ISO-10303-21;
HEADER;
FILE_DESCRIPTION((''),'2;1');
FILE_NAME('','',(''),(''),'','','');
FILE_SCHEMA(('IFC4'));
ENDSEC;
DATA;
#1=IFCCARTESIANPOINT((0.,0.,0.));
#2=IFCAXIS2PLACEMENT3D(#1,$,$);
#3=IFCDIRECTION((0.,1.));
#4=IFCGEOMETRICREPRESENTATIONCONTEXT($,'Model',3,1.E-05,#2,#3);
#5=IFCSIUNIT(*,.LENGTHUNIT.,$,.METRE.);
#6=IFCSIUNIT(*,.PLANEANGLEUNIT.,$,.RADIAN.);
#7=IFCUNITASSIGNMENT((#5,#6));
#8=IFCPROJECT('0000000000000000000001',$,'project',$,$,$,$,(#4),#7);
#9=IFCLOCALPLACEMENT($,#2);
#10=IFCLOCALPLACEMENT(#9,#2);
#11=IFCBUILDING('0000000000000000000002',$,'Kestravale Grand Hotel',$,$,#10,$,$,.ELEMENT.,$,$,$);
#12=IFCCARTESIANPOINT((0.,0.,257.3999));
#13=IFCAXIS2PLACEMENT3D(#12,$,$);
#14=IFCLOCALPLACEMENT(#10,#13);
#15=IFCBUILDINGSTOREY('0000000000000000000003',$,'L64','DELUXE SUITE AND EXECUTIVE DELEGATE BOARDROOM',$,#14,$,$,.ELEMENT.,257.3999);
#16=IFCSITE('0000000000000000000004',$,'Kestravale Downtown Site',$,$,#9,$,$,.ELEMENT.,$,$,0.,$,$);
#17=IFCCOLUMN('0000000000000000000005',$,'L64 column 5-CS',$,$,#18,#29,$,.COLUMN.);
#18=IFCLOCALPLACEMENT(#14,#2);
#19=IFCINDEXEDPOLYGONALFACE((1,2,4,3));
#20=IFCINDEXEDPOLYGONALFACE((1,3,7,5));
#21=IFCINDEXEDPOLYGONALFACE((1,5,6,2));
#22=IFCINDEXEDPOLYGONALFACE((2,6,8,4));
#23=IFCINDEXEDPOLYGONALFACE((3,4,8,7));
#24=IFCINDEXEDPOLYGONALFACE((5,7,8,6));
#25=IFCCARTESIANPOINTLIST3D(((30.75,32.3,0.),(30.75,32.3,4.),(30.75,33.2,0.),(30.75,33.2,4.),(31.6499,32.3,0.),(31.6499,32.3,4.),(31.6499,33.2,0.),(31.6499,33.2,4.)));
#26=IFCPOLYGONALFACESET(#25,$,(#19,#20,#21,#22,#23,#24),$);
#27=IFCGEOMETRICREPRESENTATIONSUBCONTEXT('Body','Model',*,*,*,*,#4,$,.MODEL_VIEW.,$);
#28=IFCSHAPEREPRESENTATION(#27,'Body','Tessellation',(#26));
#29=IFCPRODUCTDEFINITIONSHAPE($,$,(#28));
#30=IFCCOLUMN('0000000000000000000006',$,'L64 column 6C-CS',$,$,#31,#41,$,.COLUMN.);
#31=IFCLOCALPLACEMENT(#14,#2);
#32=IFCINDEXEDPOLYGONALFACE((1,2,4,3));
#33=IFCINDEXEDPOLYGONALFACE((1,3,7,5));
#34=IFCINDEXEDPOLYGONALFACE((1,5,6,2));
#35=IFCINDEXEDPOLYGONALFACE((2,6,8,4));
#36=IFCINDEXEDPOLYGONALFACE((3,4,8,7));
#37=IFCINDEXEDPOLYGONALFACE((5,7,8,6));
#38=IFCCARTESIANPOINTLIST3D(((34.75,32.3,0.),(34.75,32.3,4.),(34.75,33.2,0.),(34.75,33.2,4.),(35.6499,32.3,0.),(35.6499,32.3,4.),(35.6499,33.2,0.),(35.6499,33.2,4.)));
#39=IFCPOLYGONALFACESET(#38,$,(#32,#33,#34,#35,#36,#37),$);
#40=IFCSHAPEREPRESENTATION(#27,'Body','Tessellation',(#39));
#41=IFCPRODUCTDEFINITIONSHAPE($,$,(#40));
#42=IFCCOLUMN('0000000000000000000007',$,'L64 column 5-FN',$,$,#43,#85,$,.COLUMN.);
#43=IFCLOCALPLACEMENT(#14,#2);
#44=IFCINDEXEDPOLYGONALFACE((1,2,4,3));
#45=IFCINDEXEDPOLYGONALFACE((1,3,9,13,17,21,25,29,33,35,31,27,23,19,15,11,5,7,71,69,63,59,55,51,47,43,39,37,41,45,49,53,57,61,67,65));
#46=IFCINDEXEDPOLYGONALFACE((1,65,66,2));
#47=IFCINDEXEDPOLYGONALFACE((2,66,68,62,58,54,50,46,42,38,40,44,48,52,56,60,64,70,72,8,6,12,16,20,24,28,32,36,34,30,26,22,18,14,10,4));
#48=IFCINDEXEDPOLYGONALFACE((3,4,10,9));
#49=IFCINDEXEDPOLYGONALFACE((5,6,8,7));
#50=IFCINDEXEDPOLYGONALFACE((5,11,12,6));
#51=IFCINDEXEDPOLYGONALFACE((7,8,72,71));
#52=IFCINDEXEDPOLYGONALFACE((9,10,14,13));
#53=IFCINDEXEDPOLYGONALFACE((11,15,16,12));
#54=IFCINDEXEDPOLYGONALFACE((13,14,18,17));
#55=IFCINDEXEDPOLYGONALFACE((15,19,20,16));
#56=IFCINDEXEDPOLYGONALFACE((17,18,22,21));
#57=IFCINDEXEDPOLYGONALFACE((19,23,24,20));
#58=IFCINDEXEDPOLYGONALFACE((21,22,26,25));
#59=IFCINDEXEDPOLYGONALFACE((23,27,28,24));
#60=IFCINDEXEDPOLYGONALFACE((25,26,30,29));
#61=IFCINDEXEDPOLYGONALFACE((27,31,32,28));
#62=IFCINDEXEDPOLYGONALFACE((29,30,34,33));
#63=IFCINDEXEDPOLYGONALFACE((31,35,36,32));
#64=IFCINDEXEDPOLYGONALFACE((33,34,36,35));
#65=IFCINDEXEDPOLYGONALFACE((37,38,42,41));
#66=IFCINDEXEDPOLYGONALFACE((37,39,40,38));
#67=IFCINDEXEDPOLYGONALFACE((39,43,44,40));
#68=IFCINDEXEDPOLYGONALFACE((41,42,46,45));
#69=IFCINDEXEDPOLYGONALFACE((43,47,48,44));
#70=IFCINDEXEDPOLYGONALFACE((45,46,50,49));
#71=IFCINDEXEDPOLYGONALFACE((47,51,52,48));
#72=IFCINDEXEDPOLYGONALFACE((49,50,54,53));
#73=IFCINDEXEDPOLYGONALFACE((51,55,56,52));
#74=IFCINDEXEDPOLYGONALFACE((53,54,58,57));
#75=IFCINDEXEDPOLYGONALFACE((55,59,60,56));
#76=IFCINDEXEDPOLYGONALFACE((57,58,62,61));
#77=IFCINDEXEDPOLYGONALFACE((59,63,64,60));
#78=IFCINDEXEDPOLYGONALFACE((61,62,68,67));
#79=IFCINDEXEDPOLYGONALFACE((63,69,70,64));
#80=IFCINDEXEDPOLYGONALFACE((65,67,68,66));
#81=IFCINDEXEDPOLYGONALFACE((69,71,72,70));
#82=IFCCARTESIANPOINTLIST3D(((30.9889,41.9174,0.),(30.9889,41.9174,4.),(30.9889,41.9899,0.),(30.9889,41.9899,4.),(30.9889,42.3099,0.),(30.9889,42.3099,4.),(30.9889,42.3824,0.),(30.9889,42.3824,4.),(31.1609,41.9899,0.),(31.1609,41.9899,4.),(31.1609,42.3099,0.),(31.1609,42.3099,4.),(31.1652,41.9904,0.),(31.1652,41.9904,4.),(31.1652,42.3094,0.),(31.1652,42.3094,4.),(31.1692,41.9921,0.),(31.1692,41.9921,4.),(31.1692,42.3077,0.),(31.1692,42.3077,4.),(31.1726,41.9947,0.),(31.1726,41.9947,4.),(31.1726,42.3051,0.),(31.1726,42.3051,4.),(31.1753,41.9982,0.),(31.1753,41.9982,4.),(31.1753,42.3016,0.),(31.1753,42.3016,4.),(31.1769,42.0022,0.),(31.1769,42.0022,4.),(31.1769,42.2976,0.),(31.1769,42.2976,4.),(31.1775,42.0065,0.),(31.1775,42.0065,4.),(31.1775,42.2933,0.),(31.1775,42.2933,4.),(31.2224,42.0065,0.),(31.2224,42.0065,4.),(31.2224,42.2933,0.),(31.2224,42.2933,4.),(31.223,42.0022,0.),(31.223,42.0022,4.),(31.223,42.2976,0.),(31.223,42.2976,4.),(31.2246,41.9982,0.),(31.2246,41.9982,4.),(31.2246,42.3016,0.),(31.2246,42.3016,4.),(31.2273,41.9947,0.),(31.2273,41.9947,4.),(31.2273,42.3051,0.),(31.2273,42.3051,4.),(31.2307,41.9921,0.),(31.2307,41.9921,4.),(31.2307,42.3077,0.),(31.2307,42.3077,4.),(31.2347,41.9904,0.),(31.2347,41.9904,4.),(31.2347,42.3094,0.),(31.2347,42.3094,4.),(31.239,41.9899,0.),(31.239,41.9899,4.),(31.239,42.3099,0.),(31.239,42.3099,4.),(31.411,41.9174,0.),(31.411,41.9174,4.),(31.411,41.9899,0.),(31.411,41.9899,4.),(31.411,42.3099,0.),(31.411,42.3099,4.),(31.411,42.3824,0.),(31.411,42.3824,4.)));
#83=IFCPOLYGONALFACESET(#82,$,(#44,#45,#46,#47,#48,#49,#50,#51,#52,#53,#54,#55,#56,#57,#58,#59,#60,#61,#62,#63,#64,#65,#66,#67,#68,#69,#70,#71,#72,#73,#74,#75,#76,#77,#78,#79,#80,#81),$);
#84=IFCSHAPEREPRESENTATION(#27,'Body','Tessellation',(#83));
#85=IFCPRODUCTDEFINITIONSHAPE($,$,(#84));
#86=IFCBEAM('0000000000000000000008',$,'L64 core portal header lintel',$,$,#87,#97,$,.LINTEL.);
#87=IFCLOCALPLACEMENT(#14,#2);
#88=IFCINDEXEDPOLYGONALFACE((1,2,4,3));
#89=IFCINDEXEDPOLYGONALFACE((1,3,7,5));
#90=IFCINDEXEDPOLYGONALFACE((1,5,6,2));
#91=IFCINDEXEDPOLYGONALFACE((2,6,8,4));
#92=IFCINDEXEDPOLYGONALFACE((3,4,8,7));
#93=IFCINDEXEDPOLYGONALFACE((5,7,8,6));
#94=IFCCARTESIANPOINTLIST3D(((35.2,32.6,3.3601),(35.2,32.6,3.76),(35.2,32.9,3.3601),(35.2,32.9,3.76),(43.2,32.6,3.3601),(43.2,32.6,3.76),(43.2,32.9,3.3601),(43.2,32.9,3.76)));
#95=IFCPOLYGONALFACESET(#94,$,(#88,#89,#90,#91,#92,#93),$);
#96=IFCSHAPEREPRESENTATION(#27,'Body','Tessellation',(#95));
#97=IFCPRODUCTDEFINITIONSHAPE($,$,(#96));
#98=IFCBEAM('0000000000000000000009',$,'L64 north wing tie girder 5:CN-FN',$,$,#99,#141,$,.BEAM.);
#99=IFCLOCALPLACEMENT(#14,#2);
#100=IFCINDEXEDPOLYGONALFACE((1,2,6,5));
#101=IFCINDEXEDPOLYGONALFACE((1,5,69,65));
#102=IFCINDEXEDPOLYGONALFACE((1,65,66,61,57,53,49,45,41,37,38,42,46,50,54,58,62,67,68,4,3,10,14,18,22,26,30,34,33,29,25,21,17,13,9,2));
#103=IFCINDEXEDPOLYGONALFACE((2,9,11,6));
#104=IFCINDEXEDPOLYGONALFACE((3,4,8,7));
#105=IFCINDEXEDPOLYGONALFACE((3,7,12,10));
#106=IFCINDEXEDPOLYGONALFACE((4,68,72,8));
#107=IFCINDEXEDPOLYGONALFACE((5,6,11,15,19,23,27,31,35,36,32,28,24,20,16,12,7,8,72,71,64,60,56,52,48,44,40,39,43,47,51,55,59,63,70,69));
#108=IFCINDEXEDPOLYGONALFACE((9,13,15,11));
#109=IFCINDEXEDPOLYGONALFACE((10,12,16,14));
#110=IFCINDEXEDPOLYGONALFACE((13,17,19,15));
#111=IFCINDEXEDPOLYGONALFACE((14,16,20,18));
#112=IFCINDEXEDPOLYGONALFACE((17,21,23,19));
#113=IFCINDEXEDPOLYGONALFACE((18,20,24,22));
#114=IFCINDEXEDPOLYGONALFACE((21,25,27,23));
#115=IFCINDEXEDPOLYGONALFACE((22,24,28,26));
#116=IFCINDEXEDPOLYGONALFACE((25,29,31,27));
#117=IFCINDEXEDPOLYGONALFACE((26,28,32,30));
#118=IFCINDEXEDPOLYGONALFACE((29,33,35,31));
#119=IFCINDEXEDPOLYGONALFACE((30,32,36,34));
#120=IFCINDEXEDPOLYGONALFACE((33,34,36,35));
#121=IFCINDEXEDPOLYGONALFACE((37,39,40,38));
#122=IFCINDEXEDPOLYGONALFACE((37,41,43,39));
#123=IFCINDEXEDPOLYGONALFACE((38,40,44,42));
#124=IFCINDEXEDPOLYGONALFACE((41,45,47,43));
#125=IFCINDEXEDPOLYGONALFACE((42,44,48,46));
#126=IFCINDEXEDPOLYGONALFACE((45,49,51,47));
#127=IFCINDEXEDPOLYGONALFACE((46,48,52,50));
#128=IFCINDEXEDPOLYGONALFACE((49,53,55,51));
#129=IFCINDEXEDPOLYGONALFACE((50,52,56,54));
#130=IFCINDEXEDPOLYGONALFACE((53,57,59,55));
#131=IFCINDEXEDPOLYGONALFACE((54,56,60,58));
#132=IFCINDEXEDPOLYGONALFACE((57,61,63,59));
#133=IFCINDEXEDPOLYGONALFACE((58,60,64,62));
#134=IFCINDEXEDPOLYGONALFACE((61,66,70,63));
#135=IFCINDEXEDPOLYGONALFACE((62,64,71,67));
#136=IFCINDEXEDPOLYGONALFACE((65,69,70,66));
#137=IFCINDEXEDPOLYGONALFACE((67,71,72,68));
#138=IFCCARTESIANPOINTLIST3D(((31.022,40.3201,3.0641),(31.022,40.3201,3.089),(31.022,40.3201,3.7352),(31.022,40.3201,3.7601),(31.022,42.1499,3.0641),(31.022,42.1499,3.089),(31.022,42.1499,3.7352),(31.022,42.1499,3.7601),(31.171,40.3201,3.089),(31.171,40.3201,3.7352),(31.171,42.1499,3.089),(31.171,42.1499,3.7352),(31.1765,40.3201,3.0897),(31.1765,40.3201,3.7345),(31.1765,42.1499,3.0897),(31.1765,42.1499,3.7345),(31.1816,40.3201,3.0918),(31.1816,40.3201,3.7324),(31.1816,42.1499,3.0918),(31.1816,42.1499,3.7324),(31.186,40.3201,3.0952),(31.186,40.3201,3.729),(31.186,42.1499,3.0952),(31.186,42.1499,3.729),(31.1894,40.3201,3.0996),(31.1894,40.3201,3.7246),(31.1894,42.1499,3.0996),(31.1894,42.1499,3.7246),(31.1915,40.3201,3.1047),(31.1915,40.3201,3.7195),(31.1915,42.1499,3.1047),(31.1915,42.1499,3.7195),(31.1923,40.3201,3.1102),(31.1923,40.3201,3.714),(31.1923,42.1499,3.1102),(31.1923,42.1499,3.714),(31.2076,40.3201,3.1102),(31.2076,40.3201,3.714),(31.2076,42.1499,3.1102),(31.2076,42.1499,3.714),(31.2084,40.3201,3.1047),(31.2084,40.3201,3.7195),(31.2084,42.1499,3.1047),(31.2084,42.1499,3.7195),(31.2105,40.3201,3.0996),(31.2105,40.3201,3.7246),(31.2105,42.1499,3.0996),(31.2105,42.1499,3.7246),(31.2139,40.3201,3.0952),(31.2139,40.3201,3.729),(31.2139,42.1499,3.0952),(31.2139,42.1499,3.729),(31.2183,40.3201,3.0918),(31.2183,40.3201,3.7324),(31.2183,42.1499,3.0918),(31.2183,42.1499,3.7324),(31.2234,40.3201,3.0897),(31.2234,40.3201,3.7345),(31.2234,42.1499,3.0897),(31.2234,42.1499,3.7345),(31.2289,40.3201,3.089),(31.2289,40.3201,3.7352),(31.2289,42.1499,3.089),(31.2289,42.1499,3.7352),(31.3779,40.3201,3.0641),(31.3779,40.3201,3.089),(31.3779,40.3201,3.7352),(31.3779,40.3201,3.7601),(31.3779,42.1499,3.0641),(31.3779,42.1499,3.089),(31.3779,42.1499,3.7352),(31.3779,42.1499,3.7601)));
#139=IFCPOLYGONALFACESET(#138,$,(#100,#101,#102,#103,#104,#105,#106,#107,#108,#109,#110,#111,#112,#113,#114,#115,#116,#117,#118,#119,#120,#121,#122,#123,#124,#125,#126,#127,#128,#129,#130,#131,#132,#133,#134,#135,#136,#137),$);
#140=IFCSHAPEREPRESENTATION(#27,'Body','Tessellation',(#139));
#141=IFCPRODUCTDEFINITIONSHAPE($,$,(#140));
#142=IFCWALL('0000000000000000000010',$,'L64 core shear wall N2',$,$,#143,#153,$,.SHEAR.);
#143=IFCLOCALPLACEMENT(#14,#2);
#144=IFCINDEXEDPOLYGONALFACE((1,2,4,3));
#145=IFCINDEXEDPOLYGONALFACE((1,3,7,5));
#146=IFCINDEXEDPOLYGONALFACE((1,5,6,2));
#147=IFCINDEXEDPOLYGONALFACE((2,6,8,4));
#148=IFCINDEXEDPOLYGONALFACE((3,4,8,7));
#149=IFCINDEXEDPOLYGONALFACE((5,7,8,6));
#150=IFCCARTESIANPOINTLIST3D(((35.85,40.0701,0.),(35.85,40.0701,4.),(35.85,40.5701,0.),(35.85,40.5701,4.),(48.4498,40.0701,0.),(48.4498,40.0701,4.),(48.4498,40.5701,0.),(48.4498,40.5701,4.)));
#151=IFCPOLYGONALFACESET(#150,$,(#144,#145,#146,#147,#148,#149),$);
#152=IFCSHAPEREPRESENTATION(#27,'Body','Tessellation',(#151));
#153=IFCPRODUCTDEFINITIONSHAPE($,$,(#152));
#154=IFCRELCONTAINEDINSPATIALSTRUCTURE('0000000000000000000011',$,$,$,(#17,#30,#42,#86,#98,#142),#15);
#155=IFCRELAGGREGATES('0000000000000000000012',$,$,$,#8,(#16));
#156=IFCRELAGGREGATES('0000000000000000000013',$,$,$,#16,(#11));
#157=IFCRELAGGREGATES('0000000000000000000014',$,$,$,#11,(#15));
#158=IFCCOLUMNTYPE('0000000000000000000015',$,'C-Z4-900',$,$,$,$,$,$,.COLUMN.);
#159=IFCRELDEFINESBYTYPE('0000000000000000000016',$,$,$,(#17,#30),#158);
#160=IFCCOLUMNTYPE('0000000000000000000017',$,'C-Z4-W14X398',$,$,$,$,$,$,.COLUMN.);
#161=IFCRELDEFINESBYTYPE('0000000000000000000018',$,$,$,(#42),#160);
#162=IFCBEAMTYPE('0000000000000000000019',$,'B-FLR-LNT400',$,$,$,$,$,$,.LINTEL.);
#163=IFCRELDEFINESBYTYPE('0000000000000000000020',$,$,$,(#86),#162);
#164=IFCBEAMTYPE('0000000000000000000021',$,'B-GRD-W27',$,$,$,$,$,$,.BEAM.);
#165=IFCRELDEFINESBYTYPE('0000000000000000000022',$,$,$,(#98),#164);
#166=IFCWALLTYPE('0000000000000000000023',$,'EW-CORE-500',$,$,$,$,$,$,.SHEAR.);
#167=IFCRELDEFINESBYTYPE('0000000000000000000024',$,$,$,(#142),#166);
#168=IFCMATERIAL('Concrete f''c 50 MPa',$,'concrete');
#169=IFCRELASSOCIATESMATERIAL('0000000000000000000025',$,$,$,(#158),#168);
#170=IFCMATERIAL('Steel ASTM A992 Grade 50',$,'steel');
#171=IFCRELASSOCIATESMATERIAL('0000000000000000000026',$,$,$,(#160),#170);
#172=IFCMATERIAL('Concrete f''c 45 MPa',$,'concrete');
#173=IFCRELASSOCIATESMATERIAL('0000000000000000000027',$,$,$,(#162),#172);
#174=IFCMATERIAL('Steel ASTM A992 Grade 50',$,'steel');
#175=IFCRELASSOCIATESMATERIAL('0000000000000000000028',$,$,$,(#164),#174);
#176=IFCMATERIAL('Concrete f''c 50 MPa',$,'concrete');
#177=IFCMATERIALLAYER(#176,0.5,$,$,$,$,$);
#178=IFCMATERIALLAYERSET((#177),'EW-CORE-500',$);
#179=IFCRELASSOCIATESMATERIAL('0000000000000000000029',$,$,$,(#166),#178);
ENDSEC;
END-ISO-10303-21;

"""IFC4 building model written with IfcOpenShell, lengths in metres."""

from ifc_helpers import new_model, si_unit, direction, frame, frame_2d, origin, origin_2d, place, context, subcontext, project, spatial, rectangle, i_section, extrude, material, layer, layer_set, material_profile, profile_set, type_object, element, save


model = new_model("IFC4")

# Units and contexts
model_context = context("Model", 3, precision=1e-05, world=origin(), true_north=direction((0.0, 1.0)))
body_context = subcontext(model_context, "Body", "Model", "MODEL_VIEW")
ifc_project = project(units=[si_unit("LENGTHUNIT", "METRE"), si_unit("PLANEANGLEUNIT", "RADIAN")], contexts=[model_context])

# Site, building, storey
site_placement = place(None, origin())
site = spatial("IfcSite", under=ifc_project, at=site_placement, Name="Kestravale Downtown Site", CompositionType="ELEMENT", RefElevation=0.0)
building_placement = place(site_placement, origin())
building = spatial("IfcBuilding", under=site, at=building_placement, Name="Kestravale Grand Hotel", CompositionType="ELEMENT")
storey_placement = place(building_placement, frame((0.0, 0.0, 257.3999)))
storey = spatial("IfcBuildingStorey", under=building, at=storey_placement, Name="L64", Description="DELUXE SUITE AND EXECUTIVE DELEGATE BOARDROOM", CompositionType="ELEMENT", Elevation=257.3999)

# Columns
ifc_material_1 = material(Name="Concrete f'c 50 MPa", Category="concrete")
ifc_material_profile_1 = material_profile(ifc_material_1, rectangle(XDim=0.8999, YDim=0.8999, at=origin_2d()))
ifc_profile_set_1 = profile_set([ifc_material_profile_1], Name="Concrete f'c 50 MPa")
column_type_1 = type_object("IfcColumnType", Name="C-Z4-900", PredefinedType="COLUMN", material=ifc_profile_set_1)
for number, where, z_axis, x_axis, name in (
    (1, (31.2, 32.75, 0.0), (0.0, 0.0, 1.0), (1.0, 0.0, 0.0), "L64 column 5-CS"),
    (2, (35.2, 32.75, 0.0), (0.0, 0.0, 1.0), (1.0, 0.0, 0.0), "L64 column 6C-CS"),
):
    element("IfcColumn", number, at=place(storey_placement, frame(where, z_axis=z_axis, x_axis=x_axis)), inside=storey, type_object=column_type_1, Name=name, PredefinedType="COLUMN", context=body_context, shape_type="SweptSolid", body=[
        extrude(rectangle(XDim=0.8999, YDim=0.8999, at=origin_2d()), origin(), (0.0, 0.0, 1.0), 4.0),
    ])
ifc_material_2 = material(Name="Steel ASTM A992 Grade 50", Category="steel")
ifc_material_profile_2 = material_profile(ifc_material_2, i_section(OverallWidth=0.4221, OverallDepth=0.4651, WebThickness=0.0449, FlangeThickness=0.0725, FilletRadius=0.0166, at=origin_2d()))
ifc_profile_set_2 = profile_set([ifc_material_profile_2], Name="Steel ASTM A992 Grade 50")
column_type_2 = type_object("IfcColumnType", Name="C-Z4-W14X398", PredefinedType="COLUMN", material=ifc_profile_set_2)
column_placement = place(storey_placement, frame((31.2, 42.1499, 0.0), z_axis=(0.0, 0.0, 1.0), x_axis=(1.0, 0.0, 0.0)))
element("IfcColumn", 3, at=column_placement, inside=storey, type_object=column_type_2, Name="L64 column 5-FN", PredefinedType="COLUMN", context=body_context, shape_type="SweptSolid", body=[
    extrude(i_section(OverallWidth=0.4221, OverallDepth=0.4651, WebThickness=0.0449, FlangeThickness=0.0725, FilletRadius=0.0166, at=origin_2d()), origin(), (0.0, 0.0, 1.0), 4.0),
])

# Beams
ifc_material_3 = material(Name="Concrete f'c 45 MPa", Category="concrete")
ifc_material_profile_3 = material_profile(ifc_material_3, rectangle(XDim=0.3, YDim=0.3999, at=origin_2d()))
ifc_profile_set_3 = profile_set([ifc_material_profile_3], Name="Concrete f'c 45 MPa")
beam_type_1 = type_object("IfcBeamType", Name="B-FLR-LNT400", PredefinedType="LINTEL", material=ifc_profile_set_3)
beam_1_placement = place(storey_placement, frame((35.2, 32.75, 3.5601), z_axis=(1.0, 0.0, 0.0), x_axis=(0.0, 1.0, 0.0)))
element("IfcBeam", 4, at=beam_1_placement, inside=storey, type_object=beam_type_1, Name="L64 core portal header lintel", PredefinedType="LINTEL", context=body_context, shape_type="SweptSolid", body=[
    extrude(rectangle(XDim=0.3, YDim=0.3999, at=origin_2d()), origin(), (0.0, 0.0, 1.0), 8.0),
])
ifc_material_4 = material(Name="Steel ASTM A992 Grade 50", Category="steel")
ifc_material_profile_4 = material_profile(ifc_material_4, i_section(OverallWidth=0.356, OverallDepth=0.696, WebThickness=0.0154, FlangeThickness=0.0249, FilletRadius=0.0212, at=origin_2d()))
ifc_profile_set_4 = profile_set([ifc_material_profile_4], Name="Steel ASTM A992 Grade 50")
beam_type_2 = type_object("IfcBeamType", Name="B-GRD-W27", PredefinedType="BEAM", material=ifc_profile_set_4)
beam_2_placement = place(storey_placement, frame((31.2, 40.3201, 3.4121), z_axis=(0.0, 1.0, 0.0), x_axis=(-1.0, 0.0, 0.0)))
element("IfcBeam", 5, at=beam_2_placement, inside=storey, type_object=beam_type_2, Name="L64 north wing tie girder 5:CN-FN", PredefinedType="BEAM", context=body_context, shape_type="SweptSolid", body=[
    extrude(i_section(OverallWidth=0.356, OverallDepth=0.696, WebThickness=0.0154, FlangeThickness=0.0249, FilletRadius=0.0212, at=origin_2d()), origin(), (0.0, 0.0, 1.0), 1.8298),
])

# Wall
ifc_material_5 = material(Name="Concrete f'c 50 MPa", Category="concrete")
ifc_layer_1 = layer(ifc_material_5, 0.5)
ifc_layer_set_1 = layer_set([ifc_layer_1], Name="EW-CORE-500")
wall_type_1 = type_object("IfcWallType", Name="EW-CORE-500", PredefinedType="SHEAR", material=ifc_layer_set_1)
wall_1_placement = place(storey_placement, frame((35.8501, 40.3201, 0.0), z_axis=(0.0, 0.0, 1.0), x_axis=(1.0, 0.0, 0.0)))
element("IfcWall", 6, at=wall_1_placement, inside=storey, type_object=wall_type_1, Name="L64 core shear wall N2", PredefinedType="SHEAR", context=body_context, shape_type="SweptSolid", body=[
    extrude(rectangle(XDim=12.5999, YDim=0.5, at=frame_2d((6.2998, 0.0))), origin(), (0.0, 0.0, 1.0), 4.0),
])

save(model, "model.ifc")
